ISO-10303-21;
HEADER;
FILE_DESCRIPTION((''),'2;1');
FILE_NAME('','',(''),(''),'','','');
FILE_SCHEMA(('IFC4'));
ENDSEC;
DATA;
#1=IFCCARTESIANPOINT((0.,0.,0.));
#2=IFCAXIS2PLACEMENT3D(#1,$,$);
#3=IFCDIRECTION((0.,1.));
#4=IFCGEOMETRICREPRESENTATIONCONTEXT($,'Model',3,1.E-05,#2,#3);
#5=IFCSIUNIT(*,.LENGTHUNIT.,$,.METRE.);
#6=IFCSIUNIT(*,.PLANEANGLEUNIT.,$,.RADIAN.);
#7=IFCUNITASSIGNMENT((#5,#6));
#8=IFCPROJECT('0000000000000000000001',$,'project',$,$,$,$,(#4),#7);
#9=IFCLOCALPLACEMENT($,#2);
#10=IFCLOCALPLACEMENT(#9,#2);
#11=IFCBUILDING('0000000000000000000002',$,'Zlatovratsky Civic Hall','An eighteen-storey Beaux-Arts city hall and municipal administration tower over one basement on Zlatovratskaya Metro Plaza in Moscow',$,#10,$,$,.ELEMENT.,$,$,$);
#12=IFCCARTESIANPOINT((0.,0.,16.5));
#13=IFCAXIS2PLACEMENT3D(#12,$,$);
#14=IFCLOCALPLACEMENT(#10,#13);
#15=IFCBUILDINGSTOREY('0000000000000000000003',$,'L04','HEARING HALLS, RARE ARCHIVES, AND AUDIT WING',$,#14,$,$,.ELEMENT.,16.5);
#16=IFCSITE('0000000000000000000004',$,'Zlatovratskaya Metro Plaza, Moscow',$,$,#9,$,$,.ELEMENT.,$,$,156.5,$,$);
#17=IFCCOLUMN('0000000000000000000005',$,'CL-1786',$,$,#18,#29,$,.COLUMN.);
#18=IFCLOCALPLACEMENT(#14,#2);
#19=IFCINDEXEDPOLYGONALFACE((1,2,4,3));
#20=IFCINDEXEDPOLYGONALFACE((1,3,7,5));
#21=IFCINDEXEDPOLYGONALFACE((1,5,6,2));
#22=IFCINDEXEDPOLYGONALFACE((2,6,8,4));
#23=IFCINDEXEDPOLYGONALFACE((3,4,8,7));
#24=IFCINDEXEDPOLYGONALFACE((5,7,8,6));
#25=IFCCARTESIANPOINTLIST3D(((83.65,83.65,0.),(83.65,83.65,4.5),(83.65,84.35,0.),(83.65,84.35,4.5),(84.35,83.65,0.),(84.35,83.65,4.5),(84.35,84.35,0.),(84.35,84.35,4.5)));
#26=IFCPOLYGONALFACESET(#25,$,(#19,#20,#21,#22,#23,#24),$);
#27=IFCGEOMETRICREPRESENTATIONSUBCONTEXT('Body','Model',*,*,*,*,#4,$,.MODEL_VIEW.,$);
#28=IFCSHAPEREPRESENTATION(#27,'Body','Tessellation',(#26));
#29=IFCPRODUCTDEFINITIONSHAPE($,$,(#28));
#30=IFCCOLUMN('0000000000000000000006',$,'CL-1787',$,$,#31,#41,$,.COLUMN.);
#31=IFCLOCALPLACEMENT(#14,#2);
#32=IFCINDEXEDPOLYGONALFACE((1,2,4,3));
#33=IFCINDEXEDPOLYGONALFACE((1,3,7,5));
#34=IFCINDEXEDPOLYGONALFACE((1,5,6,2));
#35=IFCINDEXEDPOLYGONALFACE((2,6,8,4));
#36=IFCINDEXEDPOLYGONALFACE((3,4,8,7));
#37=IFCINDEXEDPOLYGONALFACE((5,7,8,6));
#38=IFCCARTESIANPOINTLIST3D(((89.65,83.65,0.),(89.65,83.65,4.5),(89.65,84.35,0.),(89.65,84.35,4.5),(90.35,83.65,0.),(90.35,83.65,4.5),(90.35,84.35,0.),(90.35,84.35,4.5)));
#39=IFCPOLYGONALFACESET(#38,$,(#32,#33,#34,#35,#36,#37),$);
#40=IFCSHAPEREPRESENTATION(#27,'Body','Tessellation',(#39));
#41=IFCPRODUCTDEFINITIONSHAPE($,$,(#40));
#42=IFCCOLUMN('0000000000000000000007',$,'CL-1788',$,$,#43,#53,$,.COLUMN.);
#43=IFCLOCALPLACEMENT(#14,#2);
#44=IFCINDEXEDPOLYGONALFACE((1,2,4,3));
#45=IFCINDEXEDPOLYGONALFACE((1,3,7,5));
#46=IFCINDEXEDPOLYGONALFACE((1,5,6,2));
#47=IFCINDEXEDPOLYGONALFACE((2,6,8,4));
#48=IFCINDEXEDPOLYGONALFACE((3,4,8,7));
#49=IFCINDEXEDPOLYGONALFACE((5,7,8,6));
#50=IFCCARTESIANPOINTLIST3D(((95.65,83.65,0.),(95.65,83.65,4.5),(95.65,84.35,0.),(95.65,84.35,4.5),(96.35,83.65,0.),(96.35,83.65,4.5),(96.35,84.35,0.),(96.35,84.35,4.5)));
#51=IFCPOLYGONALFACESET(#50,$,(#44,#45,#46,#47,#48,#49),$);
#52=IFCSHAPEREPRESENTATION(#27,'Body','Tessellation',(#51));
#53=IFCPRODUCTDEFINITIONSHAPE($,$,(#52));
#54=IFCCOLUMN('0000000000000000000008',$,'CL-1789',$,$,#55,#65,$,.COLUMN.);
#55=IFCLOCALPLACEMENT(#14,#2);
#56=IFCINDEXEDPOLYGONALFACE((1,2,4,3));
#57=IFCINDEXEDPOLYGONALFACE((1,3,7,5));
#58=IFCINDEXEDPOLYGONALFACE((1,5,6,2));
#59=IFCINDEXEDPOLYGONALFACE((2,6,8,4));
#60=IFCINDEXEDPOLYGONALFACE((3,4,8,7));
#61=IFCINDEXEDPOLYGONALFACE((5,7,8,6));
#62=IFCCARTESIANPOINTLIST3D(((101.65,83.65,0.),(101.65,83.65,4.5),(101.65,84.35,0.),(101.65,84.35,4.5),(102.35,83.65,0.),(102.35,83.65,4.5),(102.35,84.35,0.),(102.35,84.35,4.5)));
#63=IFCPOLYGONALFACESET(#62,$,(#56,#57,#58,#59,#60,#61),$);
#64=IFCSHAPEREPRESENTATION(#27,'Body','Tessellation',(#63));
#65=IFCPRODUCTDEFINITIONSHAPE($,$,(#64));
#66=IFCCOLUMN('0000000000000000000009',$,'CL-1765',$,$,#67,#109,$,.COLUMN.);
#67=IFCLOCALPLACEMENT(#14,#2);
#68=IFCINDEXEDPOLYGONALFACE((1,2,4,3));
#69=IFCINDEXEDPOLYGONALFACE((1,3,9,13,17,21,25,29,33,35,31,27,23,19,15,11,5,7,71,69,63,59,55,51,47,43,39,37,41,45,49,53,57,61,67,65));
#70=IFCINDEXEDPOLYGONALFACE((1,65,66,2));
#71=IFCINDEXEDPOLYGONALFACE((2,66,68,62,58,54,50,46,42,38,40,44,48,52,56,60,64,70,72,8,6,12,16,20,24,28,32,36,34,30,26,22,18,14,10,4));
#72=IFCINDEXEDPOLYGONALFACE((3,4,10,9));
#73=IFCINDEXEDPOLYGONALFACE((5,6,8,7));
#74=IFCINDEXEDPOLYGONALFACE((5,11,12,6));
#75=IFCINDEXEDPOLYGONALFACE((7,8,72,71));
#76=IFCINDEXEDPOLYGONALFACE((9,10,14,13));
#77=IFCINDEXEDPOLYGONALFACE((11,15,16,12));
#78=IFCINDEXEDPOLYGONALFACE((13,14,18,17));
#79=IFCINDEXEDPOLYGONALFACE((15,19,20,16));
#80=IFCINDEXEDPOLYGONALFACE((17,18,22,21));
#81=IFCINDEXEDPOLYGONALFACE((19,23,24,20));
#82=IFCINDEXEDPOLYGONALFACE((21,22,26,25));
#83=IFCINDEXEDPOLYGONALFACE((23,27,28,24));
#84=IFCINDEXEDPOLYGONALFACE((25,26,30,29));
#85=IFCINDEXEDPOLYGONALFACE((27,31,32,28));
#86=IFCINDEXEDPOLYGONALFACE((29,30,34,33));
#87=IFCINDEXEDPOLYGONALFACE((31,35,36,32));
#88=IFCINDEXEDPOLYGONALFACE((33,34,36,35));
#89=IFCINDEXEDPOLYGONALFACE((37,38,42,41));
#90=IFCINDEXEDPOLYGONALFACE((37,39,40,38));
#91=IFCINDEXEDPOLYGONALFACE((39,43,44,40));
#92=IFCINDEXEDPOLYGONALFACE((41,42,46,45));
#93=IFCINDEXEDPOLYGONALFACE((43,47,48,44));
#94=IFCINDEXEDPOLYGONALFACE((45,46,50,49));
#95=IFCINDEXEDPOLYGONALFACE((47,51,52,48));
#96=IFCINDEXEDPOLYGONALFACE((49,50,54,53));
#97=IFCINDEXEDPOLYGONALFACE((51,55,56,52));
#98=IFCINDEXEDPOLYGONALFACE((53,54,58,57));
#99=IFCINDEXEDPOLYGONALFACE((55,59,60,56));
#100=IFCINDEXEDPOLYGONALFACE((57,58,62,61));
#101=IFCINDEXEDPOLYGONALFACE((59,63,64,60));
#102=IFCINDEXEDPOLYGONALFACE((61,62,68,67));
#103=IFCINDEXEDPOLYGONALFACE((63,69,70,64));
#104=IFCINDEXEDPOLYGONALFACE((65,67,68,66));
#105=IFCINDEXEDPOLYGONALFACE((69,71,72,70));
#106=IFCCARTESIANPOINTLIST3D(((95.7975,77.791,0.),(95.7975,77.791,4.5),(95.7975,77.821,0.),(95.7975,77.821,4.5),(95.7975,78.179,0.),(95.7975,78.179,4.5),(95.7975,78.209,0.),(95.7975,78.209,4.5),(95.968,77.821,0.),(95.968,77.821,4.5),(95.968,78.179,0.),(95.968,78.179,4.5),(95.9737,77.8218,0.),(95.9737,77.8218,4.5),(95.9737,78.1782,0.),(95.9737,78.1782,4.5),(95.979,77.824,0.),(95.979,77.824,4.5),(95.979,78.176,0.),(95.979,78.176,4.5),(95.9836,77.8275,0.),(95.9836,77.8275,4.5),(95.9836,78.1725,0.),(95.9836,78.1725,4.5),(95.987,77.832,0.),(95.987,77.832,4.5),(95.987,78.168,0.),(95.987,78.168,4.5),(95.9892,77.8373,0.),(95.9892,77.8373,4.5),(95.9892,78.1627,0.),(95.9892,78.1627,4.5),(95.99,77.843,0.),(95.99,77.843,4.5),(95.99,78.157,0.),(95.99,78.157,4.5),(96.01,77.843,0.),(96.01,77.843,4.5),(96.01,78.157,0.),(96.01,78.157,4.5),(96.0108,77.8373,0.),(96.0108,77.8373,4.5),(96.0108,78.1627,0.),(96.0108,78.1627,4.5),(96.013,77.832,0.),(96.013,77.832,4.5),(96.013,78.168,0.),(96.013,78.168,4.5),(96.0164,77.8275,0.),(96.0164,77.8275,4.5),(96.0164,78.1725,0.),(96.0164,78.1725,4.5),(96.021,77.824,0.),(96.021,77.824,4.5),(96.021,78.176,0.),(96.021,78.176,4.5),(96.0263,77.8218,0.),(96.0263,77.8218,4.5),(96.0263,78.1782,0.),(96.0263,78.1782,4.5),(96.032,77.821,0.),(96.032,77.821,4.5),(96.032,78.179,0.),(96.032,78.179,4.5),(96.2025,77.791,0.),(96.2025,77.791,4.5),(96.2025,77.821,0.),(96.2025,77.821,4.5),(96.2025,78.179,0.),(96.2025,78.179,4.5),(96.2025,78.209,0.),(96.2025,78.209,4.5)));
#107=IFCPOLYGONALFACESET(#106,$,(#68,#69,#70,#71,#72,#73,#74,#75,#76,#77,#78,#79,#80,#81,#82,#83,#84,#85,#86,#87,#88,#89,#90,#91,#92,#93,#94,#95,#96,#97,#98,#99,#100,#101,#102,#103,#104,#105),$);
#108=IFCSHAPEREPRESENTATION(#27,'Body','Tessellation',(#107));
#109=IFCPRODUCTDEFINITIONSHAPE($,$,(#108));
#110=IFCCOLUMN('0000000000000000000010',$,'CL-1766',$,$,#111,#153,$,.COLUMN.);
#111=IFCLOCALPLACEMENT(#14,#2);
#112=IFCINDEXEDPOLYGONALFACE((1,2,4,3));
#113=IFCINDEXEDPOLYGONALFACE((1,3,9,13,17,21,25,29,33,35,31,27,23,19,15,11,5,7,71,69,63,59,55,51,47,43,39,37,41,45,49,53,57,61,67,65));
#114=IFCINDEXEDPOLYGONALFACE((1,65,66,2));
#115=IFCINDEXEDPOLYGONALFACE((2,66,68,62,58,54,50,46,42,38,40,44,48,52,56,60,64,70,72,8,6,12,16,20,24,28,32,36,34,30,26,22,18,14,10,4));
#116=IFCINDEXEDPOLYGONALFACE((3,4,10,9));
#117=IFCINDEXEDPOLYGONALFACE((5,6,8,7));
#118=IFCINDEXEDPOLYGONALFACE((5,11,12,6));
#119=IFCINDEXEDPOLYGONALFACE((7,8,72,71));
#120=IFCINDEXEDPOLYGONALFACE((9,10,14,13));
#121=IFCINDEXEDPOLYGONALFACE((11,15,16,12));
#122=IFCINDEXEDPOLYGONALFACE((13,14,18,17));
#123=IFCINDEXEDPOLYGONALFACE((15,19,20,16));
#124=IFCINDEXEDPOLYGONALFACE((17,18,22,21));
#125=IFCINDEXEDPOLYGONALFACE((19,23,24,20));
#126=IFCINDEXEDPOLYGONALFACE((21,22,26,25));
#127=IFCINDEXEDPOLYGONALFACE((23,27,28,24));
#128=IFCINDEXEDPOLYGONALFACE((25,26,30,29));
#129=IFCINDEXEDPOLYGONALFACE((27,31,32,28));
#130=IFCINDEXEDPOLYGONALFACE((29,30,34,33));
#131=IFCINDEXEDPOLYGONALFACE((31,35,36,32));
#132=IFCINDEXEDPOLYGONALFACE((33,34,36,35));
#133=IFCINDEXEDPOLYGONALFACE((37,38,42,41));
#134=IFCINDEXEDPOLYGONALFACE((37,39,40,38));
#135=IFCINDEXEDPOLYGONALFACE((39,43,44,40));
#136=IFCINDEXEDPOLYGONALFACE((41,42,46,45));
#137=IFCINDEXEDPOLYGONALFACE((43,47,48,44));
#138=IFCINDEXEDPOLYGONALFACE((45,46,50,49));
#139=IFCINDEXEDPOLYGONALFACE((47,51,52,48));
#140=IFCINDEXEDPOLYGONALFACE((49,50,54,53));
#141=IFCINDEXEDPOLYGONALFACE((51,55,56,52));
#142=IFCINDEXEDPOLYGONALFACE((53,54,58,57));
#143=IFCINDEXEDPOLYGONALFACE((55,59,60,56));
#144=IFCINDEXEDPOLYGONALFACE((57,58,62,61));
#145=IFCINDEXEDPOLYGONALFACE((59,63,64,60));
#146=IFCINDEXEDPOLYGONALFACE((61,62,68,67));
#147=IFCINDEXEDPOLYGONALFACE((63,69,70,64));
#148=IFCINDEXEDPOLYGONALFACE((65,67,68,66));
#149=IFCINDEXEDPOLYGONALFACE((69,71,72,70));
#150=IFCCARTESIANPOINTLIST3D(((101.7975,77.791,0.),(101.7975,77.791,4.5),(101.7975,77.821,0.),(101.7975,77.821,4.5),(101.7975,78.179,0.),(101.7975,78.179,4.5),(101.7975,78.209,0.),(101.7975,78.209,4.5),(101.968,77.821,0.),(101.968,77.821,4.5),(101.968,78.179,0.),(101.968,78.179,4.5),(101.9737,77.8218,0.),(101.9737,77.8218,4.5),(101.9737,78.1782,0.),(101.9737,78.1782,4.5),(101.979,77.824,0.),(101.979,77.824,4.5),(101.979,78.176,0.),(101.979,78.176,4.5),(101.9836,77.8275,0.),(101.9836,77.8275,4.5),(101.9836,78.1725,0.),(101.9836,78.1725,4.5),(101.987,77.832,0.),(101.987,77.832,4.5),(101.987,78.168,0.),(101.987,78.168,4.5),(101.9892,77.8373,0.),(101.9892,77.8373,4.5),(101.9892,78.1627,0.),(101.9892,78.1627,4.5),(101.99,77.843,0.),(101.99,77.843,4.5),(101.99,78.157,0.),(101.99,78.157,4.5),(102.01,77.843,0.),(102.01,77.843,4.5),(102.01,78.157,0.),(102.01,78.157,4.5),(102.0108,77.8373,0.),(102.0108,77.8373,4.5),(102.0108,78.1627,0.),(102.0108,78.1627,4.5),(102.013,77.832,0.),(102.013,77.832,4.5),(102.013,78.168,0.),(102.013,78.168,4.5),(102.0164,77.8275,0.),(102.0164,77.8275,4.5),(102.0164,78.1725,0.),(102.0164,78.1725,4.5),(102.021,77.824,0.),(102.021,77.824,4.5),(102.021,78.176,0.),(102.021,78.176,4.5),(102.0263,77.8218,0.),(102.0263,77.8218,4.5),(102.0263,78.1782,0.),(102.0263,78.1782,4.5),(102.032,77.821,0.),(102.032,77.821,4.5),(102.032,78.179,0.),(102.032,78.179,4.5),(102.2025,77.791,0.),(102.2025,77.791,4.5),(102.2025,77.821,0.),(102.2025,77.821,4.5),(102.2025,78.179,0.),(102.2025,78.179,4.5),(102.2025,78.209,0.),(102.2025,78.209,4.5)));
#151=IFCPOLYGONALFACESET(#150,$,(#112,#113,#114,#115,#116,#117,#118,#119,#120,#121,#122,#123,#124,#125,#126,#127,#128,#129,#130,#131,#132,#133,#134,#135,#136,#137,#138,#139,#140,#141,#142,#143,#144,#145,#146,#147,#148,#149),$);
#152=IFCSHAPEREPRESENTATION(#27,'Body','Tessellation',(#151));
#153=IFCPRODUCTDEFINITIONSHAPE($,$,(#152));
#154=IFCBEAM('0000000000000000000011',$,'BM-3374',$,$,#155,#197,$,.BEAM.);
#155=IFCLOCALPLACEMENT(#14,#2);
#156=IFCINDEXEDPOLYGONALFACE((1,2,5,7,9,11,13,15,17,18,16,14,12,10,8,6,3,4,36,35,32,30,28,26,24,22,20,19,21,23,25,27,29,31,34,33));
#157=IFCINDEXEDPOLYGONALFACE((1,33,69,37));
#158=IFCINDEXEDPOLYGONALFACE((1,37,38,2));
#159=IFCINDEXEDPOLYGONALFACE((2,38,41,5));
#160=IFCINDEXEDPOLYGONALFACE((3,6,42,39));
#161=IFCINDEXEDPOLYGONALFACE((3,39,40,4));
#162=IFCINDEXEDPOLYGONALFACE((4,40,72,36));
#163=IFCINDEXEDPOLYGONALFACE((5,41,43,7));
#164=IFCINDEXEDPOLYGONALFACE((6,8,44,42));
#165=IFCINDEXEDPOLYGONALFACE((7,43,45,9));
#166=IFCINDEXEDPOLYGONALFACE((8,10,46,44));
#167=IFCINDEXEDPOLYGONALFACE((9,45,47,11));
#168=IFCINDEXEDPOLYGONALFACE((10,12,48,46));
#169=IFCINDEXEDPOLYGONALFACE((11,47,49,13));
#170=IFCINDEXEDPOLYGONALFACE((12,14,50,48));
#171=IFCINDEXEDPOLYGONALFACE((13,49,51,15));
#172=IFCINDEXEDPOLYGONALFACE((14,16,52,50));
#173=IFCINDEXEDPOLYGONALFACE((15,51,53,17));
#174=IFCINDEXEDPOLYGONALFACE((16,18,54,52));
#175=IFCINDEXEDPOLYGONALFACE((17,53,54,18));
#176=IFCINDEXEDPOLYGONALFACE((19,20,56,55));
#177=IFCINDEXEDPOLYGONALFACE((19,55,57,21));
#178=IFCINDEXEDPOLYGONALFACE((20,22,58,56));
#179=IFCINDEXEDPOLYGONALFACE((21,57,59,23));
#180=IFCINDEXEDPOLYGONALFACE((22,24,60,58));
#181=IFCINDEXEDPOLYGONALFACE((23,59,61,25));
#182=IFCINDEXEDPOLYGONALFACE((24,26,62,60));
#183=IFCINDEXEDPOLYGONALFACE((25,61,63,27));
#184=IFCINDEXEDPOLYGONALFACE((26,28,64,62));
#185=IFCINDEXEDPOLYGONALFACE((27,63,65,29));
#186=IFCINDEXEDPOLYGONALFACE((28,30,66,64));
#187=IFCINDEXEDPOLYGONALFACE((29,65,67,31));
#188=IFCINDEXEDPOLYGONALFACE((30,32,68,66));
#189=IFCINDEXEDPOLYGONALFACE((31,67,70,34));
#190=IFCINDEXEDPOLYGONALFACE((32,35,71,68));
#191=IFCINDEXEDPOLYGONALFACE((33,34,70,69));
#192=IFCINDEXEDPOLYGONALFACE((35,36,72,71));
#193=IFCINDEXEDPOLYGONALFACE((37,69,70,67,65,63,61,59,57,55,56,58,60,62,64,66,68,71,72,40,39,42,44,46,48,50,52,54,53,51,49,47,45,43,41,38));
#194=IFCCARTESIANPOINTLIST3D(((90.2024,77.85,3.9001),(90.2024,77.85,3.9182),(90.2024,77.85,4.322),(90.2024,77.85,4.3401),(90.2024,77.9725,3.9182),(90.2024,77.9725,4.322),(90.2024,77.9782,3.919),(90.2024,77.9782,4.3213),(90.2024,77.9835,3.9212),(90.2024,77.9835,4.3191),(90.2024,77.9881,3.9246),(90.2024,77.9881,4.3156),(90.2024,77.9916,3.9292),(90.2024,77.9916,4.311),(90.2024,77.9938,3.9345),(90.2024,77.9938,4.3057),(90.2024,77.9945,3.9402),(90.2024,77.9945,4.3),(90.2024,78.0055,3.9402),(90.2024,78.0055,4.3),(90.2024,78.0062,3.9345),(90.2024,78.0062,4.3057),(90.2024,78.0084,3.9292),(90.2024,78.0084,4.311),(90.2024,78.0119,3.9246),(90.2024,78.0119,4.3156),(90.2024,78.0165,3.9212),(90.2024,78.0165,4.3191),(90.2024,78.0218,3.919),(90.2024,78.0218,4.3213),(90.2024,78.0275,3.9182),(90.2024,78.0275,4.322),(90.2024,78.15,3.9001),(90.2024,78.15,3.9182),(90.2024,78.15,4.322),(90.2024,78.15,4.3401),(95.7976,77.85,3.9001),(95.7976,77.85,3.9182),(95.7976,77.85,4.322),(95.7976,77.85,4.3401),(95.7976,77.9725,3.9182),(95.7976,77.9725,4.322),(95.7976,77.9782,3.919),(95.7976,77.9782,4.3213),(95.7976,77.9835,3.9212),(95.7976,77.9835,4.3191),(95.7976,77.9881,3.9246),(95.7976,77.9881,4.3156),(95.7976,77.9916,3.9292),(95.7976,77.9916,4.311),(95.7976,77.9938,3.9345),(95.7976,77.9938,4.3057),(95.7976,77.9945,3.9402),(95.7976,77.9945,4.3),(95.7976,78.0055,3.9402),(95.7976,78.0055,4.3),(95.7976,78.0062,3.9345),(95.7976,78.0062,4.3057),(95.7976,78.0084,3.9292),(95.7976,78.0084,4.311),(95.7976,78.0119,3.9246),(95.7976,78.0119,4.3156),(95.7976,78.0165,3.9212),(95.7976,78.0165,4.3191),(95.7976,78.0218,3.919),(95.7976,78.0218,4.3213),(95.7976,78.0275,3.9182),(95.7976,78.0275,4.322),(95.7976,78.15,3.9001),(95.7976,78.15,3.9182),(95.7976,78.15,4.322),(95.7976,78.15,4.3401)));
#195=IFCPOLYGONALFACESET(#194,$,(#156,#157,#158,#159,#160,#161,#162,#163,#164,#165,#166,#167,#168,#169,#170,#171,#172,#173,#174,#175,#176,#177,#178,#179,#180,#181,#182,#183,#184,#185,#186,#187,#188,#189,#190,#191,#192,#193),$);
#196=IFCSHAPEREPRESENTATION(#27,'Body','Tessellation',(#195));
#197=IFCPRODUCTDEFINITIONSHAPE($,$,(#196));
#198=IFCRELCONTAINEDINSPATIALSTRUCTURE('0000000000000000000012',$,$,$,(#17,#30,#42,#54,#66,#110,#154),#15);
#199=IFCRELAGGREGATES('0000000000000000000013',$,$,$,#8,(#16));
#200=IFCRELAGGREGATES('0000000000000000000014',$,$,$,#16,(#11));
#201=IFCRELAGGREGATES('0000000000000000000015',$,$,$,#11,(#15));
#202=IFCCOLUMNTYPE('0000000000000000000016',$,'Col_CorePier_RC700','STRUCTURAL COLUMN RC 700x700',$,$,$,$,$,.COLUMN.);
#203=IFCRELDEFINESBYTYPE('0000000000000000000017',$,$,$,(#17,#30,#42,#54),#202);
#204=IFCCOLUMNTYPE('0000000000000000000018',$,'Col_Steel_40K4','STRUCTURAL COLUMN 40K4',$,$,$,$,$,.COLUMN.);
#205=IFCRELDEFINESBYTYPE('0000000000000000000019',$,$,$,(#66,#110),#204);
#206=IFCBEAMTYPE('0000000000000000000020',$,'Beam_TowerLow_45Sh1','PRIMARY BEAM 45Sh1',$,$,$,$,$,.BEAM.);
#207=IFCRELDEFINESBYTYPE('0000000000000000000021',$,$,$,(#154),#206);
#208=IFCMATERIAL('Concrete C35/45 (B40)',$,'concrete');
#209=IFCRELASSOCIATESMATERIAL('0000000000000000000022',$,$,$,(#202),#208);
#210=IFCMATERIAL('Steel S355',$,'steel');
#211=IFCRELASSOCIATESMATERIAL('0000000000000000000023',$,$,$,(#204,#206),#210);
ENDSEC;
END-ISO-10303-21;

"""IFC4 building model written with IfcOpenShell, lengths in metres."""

from ifc_helpers import new_model, si_unit, direction, frame, origin, origin_2d, place, context, subcontext, project, spatial, rectangle, i_section, extrude, material, material_profile, profile_set, type_object, element, save


model = new_model("IFC4")

# Units and contexts
model_context = context("Model", 3, precision=1e-05, world=origin(), true_north=direction((0.0, 1.0)))
body_context = subcontext(model_context, "Body", "Model", "MODEL_VIEW")
ifc_project = project(units=[si_unit("LENGTHUNIT", "METRE"), si_unit("PLANEANGLEUNIT", "RADIAN")], contexts=[model_context])

# Site, building, storey
site_placement = place(None, origin())
site = spatial("IfcSite", under=ifc_project, at=site_placement, Name="Zlatovratskaya Metro Plaza, Moscow", CompositionType="ELEMENT", RefElevation=156.5)
building_placement = place(site_placement, origin())
building = spatial("IfcBuilding", under=site, at=building_placement, Name="Zlatovratsky Civic Hall", Description="An eighteen-storey Beaux-Arts city hall and municipal administration tower over one basement on Zlatovratskaya Metro Plaza in Moscow", CompositionType="ELEMENT")
storey_placement = place(building_placement, frame((0.0, 0.0, 16.5)))
storey = spatial("IfcBuildingStorey", under=building, at=storey_placement, Name="L04", Description="HEARING HALLS, RARE ARCHIVES, AND AUDIT WING", CompositionType="ELEMENT", Elevation=16.5)

# Columns
ifc_material_1 = material(Name="Concrete C35/45 (B40)", Category="concrete")
ifc_material_profile_1 = material_profile(ifc_material_1, rectangle(XDim=0.7, YDim=0.7, at=origin_2d()), Name="RC 700x700")
ifc_profile_set_1 = profile_set([ifc_material_profile_1], Name="Concrete C35/45 (B40)")
column_type_1 = type_object("IfcColumnType", Name="Col_CorePier_RC700", Description="STRUCTURAL COLUMN RC 700x700", PredefinedType="COLUMN", material=ifc_profile_set_1)
for number, where, z_axis, x_axis, name in (
    (1, (84.0, 84.0, 0.0), (0.0, 0.0, 1.0), (1.0, 0.0, 0.0), "CL-1786"),
    (2, (90.0, 84.0, 0.0), (0.0, 0.0, 1.0), (1.0, 0.0, 0.0), "CL-1787"),
    (3, (96.0, 84.0, 0.0), (0.0, 0.0, 1.0), (1.0, 0.0, 0.0), "CL-1788"),
    (4, (102.0, 84.0, 0.0), (0.0, 0.0, 1.0), (1.0, 0.0, 0.0), "CL-1789"),
):
    element("IfcColumn", number, at=place(storey_placement, frame(where, z_axis=z_axis, x_axis=x_axis)), inside=storey, type_object=column_type_1, Name=name, PredefinedType="COLUMN", context=body_context, shape_type="SweptSolid", body=[
        extrude(rectangle(XDim=0.7, YDim=0.7, at=origin_2d()), origin(), (0.0, 0.0, 1.0), 4.5),
    ])
ifc_material_2 = material(Name="Steel S355", Category="steel")
ifc_material_profile_2 = material_profile(ifc_material_2, i_section(OverallWidth=0.405, OverallDepth=0.418, WebThickness=0.02, FlangeThickness=0.03, FilletRadius=0.022, at=origin_2d()), Name="40K4")
ifc_profile_set_2 = profile_set([ifc_material_profile_2], Name="Steel S355")
column_type_2 = type_object("IfcColumnType", Name="Col_Steel_40K4", Description="STRUCTURAL COLUMN 40K4", PredefinedType="COLUMN", material=ifc_profile_set_2)
for number, where, z_axis, x_axis, name in (
    (5, (96.0, 78.0, 0.0), (0.0, 0.0, 1.0), (1.0, 0.0, 0.0), "CL-1765"),
    (6, (102.0, 78.0, 0.0), (0.0, 0.0, 1.0), (1.0, 0.0, 0.0), "CL-1766"),
):
    element("IfcColumn", number, at=place(storey_placement, frame(where, z_axis=z_axis, x_axis=x_axis)), inside=storey, type_object=column_type_2, Name=name, PredefinedType="COLUMN", context=body_context, shape_type="SweptSolid", body=[
        extrude(i_section(OverallWidth=0.405, OverallDepth=0.418, WebThickness=0.02, FlangeThickness=0.03, FilletRadius=0.022, at=origin_2d()), origin(), (0.0, 0.0, 1.0), 4.5),
    ])

# Beam
ifc_material_profile_3 = material_profile(ifc_material_2, i_section(OverallWidth=0.3, OverallDepth=0.4399, WebThickness=0.011, FlangeThickness=0.0181, FilletRadius=0.022, at=origin_2d()), Name="45Sh1")
ifc_profile_set_3 = profile_set([ifc_material_profile_3], Name="Steel S355")
beam_type = type_object("IfcBeamType", Name="Beam_TowerLow_45Sh1", Description="PRIMARY BEAM 45Sh1", PredefinedType="BEAM", material=ifc_profile_set_3)
for number, where, z_axis, x_axis, name in (
    (7, (90.2024, 78.0, 4.1201), (1.0, 0.0, 0.0), (0.0, 1.0, 0.0), "BM-3374"),
):
    element("IfcBeam", number, at=place(storey_placement, frame(where, z_axis=z_axis, x_axis=x_axis)), inside=storey, type_object=beam_type, Name=name, PredefinedType="BEAM", context=body_context, shape_type="SweptSolid", body=[
        extrude(i_section(OverallWidth=0.3, OverallDepth=0.4399, WebThickness=0.011, FlangeThickness=0.0181, FilletRadius=0.022, at=origin_2d()), origin(), (0.0, 0.0, 1.0), 5.5952),
    ])

save(model, "model.ifc")
